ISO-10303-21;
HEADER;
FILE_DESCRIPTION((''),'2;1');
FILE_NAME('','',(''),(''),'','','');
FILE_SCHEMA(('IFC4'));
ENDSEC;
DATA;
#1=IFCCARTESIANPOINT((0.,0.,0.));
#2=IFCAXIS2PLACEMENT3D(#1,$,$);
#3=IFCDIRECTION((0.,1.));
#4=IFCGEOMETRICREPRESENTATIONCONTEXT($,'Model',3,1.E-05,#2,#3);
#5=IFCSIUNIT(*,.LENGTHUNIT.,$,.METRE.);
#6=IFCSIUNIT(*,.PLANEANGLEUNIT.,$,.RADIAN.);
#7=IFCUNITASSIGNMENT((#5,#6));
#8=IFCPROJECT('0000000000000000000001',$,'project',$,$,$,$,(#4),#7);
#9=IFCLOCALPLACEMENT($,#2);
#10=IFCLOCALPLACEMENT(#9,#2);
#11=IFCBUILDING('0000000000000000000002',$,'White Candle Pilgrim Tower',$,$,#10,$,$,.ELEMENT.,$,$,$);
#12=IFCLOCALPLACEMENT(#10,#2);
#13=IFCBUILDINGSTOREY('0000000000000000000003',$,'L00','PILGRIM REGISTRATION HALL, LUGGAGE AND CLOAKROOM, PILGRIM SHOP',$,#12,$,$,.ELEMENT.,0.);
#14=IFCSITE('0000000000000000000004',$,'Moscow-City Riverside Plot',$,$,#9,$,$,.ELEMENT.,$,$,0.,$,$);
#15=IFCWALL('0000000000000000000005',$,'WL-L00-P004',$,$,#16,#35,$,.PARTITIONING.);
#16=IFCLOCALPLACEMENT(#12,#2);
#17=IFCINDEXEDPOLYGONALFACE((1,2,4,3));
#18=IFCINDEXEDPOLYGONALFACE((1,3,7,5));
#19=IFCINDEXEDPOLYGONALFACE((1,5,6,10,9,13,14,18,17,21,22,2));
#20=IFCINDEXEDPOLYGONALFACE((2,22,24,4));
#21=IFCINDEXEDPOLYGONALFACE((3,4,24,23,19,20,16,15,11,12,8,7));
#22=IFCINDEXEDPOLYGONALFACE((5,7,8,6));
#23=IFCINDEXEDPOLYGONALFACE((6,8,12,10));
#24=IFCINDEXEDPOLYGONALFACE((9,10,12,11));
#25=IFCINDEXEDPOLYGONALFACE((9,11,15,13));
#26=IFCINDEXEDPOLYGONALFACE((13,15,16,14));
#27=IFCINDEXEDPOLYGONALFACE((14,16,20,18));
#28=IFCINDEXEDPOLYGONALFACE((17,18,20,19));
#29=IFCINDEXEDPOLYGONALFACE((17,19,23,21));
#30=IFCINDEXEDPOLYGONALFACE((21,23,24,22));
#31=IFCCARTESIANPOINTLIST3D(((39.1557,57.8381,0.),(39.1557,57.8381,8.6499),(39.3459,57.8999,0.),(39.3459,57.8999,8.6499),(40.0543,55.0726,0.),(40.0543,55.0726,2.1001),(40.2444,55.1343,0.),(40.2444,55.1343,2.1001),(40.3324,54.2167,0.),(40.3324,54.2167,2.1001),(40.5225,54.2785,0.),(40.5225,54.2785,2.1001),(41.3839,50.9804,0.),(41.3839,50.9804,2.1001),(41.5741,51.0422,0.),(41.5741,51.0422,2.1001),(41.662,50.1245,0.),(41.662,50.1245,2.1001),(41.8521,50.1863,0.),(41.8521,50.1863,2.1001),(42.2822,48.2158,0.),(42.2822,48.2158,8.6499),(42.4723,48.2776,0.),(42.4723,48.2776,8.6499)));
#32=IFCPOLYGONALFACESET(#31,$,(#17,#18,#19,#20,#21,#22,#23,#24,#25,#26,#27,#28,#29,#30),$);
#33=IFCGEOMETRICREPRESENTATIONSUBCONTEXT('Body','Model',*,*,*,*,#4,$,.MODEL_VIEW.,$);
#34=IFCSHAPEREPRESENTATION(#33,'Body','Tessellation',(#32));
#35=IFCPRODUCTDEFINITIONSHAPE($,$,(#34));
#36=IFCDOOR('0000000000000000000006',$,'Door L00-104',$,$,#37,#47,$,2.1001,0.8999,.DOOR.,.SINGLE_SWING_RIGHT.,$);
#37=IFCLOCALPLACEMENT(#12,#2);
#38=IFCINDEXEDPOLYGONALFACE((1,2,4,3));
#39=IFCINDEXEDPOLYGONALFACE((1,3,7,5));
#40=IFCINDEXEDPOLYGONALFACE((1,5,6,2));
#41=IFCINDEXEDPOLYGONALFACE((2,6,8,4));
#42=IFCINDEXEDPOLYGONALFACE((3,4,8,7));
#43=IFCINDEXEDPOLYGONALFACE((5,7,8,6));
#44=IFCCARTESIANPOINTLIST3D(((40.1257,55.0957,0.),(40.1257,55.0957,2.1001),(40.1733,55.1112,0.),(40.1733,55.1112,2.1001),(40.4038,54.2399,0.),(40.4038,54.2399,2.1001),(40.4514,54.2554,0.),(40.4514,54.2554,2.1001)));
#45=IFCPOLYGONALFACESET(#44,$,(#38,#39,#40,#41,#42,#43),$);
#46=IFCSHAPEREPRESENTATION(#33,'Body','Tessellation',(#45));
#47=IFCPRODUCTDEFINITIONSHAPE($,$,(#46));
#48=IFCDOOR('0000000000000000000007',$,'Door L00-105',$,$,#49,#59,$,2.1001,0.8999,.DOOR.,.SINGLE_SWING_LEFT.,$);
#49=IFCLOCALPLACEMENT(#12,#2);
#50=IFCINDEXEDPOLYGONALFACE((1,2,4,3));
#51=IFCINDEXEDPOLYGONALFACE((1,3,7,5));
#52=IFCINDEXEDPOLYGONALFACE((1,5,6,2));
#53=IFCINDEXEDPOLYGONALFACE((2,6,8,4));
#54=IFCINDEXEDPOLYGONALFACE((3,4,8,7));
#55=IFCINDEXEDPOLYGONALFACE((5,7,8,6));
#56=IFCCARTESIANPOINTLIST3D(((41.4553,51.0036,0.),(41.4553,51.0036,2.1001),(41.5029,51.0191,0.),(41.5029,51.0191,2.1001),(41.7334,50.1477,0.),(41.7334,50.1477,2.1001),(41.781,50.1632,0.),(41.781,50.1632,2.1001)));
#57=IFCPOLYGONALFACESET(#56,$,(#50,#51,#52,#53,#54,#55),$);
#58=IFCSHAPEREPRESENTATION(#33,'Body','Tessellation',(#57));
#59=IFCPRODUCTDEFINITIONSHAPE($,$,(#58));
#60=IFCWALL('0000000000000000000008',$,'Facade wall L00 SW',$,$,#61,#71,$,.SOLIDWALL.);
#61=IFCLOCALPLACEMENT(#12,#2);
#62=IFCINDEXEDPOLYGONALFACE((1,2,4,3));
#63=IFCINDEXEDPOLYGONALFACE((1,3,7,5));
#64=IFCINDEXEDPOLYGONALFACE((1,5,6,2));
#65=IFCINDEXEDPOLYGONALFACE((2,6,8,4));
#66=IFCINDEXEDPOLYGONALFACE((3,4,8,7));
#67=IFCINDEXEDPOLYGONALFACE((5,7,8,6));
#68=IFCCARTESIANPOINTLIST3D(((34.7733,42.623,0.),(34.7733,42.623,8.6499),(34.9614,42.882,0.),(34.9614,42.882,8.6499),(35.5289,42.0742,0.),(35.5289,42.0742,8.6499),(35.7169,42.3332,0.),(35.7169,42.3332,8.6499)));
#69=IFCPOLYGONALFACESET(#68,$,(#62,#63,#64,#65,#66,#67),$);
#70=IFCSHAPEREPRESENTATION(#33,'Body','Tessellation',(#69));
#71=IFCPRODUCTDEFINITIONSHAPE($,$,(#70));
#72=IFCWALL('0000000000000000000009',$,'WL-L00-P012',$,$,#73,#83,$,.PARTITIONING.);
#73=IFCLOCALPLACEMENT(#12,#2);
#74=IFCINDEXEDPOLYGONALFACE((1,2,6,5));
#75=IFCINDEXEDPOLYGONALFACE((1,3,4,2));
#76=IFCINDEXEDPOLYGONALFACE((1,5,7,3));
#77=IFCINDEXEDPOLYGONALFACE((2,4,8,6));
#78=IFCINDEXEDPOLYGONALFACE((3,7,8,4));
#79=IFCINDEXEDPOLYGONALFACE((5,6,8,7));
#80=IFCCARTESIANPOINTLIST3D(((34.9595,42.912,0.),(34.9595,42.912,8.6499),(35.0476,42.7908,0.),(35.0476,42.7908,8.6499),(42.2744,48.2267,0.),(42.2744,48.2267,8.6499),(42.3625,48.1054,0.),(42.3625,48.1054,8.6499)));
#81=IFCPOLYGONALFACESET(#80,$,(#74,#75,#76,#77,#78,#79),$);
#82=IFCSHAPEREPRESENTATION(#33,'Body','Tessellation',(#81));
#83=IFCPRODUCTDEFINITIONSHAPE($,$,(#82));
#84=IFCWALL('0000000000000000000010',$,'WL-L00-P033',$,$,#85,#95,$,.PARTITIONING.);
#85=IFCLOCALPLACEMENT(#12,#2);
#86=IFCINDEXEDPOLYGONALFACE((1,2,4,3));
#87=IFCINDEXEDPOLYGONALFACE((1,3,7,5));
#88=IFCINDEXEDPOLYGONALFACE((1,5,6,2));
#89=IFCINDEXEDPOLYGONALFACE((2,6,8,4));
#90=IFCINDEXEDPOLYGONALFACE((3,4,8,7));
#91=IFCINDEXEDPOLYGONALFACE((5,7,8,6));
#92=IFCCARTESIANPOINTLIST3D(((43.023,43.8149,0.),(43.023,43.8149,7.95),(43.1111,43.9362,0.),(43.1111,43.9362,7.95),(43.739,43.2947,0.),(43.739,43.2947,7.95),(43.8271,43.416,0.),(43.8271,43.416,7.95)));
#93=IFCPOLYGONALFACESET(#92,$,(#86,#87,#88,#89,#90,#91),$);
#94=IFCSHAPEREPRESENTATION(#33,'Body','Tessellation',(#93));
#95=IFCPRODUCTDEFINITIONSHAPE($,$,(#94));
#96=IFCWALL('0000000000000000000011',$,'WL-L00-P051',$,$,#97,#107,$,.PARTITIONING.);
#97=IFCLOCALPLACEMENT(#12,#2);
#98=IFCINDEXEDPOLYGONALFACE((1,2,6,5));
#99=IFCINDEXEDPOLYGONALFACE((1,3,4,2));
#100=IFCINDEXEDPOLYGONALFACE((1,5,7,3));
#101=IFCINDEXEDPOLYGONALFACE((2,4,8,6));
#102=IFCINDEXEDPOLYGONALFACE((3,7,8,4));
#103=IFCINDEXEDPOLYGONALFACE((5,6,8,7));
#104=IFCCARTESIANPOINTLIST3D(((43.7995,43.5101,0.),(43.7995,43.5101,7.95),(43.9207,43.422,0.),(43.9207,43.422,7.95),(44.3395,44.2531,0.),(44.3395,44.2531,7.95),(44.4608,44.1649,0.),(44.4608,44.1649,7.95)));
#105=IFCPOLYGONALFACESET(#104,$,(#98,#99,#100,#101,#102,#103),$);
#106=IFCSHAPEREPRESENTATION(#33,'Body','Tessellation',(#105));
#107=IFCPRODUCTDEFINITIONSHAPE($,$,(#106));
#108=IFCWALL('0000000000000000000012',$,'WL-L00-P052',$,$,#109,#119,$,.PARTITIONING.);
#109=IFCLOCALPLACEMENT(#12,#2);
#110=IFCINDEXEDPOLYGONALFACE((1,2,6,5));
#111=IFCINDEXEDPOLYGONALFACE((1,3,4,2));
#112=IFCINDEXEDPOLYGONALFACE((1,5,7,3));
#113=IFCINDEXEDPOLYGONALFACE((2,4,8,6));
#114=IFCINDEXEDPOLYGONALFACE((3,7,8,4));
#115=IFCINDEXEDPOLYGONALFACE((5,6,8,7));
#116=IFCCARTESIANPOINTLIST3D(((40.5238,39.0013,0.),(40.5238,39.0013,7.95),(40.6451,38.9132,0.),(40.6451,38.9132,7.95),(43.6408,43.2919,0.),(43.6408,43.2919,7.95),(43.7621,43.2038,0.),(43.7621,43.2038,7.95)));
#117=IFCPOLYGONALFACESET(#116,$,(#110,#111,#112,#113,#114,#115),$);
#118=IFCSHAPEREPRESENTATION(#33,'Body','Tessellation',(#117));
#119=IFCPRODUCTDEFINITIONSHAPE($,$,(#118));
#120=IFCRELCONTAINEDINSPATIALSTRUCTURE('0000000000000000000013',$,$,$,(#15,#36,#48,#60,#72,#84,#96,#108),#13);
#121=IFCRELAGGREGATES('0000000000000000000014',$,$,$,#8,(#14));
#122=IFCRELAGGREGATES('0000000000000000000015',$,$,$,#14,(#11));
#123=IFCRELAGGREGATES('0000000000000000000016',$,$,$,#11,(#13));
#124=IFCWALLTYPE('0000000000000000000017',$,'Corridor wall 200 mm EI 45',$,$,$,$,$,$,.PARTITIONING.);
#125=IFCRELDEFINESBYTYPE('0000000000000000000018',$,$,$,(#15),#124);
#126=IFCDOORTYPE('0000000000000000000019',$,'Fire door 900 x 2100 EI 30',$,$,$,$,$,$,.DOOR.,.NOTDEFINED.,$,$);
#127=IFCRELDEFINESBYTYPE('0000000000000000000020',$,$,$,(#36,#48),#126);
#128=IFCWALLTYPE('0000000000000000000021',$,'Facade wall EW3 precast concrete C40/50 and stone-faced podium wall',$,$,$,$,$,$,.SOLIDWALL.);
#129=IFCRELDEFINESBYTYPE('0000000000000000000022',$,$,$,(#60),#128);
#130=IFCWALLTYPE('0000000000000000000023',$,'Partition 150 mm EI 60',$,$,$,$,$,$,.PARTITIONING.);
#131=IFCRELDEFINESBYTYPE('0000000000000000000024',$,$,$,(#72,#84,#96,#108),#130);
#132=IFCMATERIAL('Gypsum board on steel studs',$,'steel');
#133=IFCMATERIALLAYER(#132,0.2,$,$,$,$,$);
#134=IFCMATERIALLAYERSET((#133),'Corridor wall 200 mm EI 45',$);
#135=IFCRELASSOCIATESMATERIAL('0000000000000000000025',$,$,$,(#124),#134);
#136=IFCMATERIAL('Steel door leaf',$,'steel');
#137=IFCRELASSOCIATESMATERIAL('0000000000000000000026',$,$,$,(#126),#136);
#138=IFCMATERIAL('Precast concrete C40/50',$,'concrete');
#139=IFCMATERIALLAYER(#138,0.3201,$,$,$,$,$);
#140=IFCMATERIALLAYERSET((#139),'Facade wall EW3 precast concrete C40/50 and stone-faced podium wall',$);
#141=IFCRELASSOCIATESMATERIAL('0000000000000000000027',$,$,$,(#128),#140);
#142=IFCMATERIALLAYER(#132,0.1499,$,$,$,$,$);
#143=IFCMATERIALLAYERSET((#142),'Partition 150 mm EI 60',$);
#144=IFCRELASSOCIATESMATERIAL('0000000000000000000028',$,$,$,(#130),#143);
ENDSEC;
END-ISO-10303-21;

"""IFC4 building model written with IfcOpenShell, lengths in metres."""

from ifc_helpers import new_model, si_unit, direction, frame, frame_2d, origin, place, context, subcontext, project, spatial, rectangle, extrude, material, layer, layer_set, type_object, element, fill, save


model = new_model("IFC4")

# Units and contexts
model_context = context("Model", 3, precision=1e-05, world=origin(), true_north=direction((0.0, 1.0)))
body_context = subcontext(model_context, "Body", "Model", "MODEL_VIEW")
ifc_project = project(units=[si_unit("LENGTHUNIT", "METRE"), si_unit("PLANEANGLEUNIT", "RADIAN")], contexts=[model_context])

# Site, building, storey
site_placement = place(None, origin())
site = spatial("IfcSite", under=ifc_project, at=site_placement, Name="Moscow-City Riverside Plot", CompositionType="ELEMENT", RefElevation=0.0)
building_placement = place(site_placement, origin())
building = spatial("IfcBuilding", under=site, at=building_placement, Name="White Candle Pilgrim Tower", CompositionType="ELEMENT")
storey_placement = place(building_placement, origin())
storey = spatial("IfcBuildingStorey", under=building, at=storey_placement, Name="L00", Description="PILGRIM REGISTRATION HALL, LUGGAGE AND CLOAKROOM, PILGRIM SHOP", CompositionType="ELEMENT", Elevation=0.0)

# Wall, openings, doors
ifc_material_1 = material(Name="Gypsum board on steel studs", Category="steel")
ifc_layer_1 = layer(ifc_material_1, 0.2)
ifc_layer_set_1 = layer_set([ifc_layer_1], Name="Corridor wall 200 mm EI 45")
wall_type_1 = type_object("IfcWallType", Name="Corridor wall 200 mm EI 45", PredefinedType="PARTITIONING", material=ifc_layer_set_1)
wall_1_placement = place(storey_placement, frame((42.3772, 48.2468, 0.0), z_axis=(0.0, 0.0, 1.0), x_axis=(-0.309016, 0.951057, 0.0)))
wall_1 = element("IfcWall", 1, at=wall_1_placement, inside=storey, type_object=wall_type_1, Name="WL-L00-P004", PredefinedType="PARTITIONING", context=body_context, shape_type="SweptSolid", body=[
    extrude(rectangle(XDim=10.1174, YDim=0.2, at=frame_2d((5.0586, 0.0))), origin(), (0.0, 0.0, 1.0), 8.6499),
])
opening_1_placement = place(wall_1_placement, frame((6.3096, 0.0, 0.0)))
opening_1 = element("IfcOpeningElement", 2, at=opening_1_placement, cuts=wall_1, PredefinedType="OPENING", context=body_context, shape_type="SweptSolid", body=[
    extrude(rectangle(XDim=0.8999, YDim=2.1001, at=frame_2d((0.45, 1.05))), frame((0.0, 0.1099, 0.0), z_axis=(0.0, -1.0, 0.0), x_axis=(1.0, 0.0, 0.0)), (0.0, 0.0, 1.0), 0.22),
])
opening_2_placement = place(wall_1_placement, frame((2.0068, 0.0, 0.0)))
opening_2 = element("IfcOpeningElement", 3, at=opening_2_placement, cuts=wall_1, PredefinedType="OPENING", context=body_context, shape_type="SweptSolid", body=[
    extrude(rectangle(XDim=0.8999, YDim=2.1001, at=frame_2d((0.45, 1.05))), frame((0.0, 0.1099, 0.0), z_axis=(0.0, -1.0, 0.0), x_axis=(1.0, 0.0, 0.0)), (0.0, 0.0, 1.0), 0.22),
])
ifc_material_2 = material(Name="Steel door leaf", Category="steel")
door_type_1 = type_object("IfcDoorType", Name="Fire door 900 x 2100 EI 30", OperationType="NOTDEFINED", PredefinedType="DOOR", material=ifc_material_2)
door_1_placement = place(opening_1_placement, origin())
door_1 = element("IfcDoor", 4, at=door_1_placement, inside=storey, type_object=door_type_1, Name="Door L00-104", OperationType="SINGLE_SWING_RIGHT", OverallHeight=2.1001, OverallWidth=0.8999, PredefinedType="DOOR", context=body_context, shape_type="SweptSolid", body=[
    extrude(rectangle(XDim=0.8999, YDim=2.1001, at=frame_2d((0.45, 1.05))), frame((0.0, 0.0249, 0.0), z_axis=(0.0, -1.0, 0.0), x_axis=(1.0, 0.0, 0.0)), (0.0, 0.0, 1.0), 0.05),
])
fill(opening_1, door_1)
door_2_placement = place(opening_2_placement, origin())
door_2 = element("IfcDoor", 5, at=door_2_placement, inside=storey, type_object=door_type_1, Name="Door L00-105", OperationType="SINGLE_SWING_LEFT", OverallHeight=2.1001, OverallWidth=0.8999, PredefinedType="DOOR", context=body_context, shape_type="SweptSolid", body=[
    extrude(rectangle(XDim=0.8999, YDim=2.1001, at=frame_2d((0.45, 1.05))), frame((0.0, 0.0249, 0.0), z_axis=(0.0, -1.0, 0.0), x_axis=(1.0, 0.0, 0.0)), (0.0, 0.0, 1.0), 0.05),
])
fill(opening_2, door_2)

# Shared definitions
ifc_material_3 = material(Name="Precast concrete C40/50", Category="concrete")
ifc_layer_2 = layer(ifc_material_3, 0.3201)
ifc_layer_set_2 = layer_set([ifc_layer_2], Name="Facade wall EW3 precast concrete C40/50 and stone-faced podium wall")
wall_type_2 = type_object("IfcWallType", Name="Facade wall EW3 precast concrete C40/50 and stone-faced podium wall", PredefinedType="SOLIDWALL", material=ifc_layer_set_2)

# Walls
wall_2_placement = place(storey_placement, frame((34.8674, 42.7524, 0.0), z_axis=(0.0, 0.0, 1.0), x_axis=(0.809098, -0.587674, 0.0)))
element("IfcWall", 6, at=wall_2_placement, inside=storey, type_object=wall_type_2, Name="Facade wall L00 SW", PredefinedType="SOLIDWALL", context=body_context, shape_type="SweptSolid", body=[
    extrude(rectangle(XDim=0.9338, YDim=0.3201, at=frame_2d((0.4668, 0.0))), origin(), (0.0, 0.0, 1.0), 8.6499),
])
ifc_layer_3 = layer(ifc_material_1, 0.1499)
ifc_layer_set_3 = layer_set([ifc_layer_3], Name="Partition 150 mm EI 60")
wall_type_3 = type_object("IfcWallType", Name="Partition 150 mm EI 60", PredefinedType="PARTITIONING", material=ifc_layer_set_3)
wall_3_placement = place(storey_placement, frame((35.0034, 42.8513, 0.0), z_axis=(0.0, 0.0, 1.0), x_axis=(0.809013, 0.587791, 0.0)))
element("IfcWall", 7, at=wall_3_placement, inside=storey, type_object=wall_type_3, Name="WL-L00-P012", PredefinedType="PARTITIONING", context=body_context, shape_type="SweptSolid", body=[
    extrude(rectangle(XDim=9.0417, YDim=0.1499, at=frame_2d((4.521, 0.0))), origin(), (0.0, 0.0, 1.0), 8.6499),
])
wall_4_placement = place(storey_placement, frame((43.0671, 43.8755, 0.0), z_axis=(0.0, 0.0, 1.0), x_axis=(0.80901, -0.587794, 0.0)))
element("IfcWall", 8, at=wall_4_placement, inside=storey, type_object=wall_type_3, Name="WL-L00-P033", PredefinedType="PARTITIONING", context=body_context, shape_type="SweptSolid", body=[
    extrude(rectangle(XDim=0.885, YDim=0.1499, at=frame_2d((0.4424, 0.0))), origin(), (0.0, 0.0, 1.0), 7.95),
])
wall_5_placement = place(storey_placement, frame((44.4001, 44.209, 0.0), z_axis=(0.0, 0.0, 1.0), x_axis=(-0.587982, -0.808874, 0.0)))
element("IfcWall", 9, at=wall_5_placement, inside=storey, type_object=wall_type_3, Name="WL-L00-P051", PredefinedType="PARTITIONING", context=body_context, shape_type="SweptSolid", body=[
    extrude(rectangle(XDim=0.9185, YDim=0.1499, at=frame_2d((0.4592, 0.0))), origin(), (0.0, 0.0, 1.0), 7.95),
])
wall_6_placement = place(storey_placement, frame((43.7014, 43.2478, 0.0), z_axis=(0.0, 0.0, 1.0), x_axis=(-0.587747, -0.809045, 0.0)))
element("IfcWall", 10, at=wall_6_placement, inside=storey, type_object=wall_type_3, Name="WL-L00-P052", PredefinedType="PARTITIONING", context=body_context, shape_type="SweptSolid", body=[
    extrude(rectangle(XDim=5.3032, YDim=0.1499, at=frame_2d((2.6516, 0.0))), origin(), (0.0, 0.0, 1.0), 7.95),
])

save(model, "model.ifc")
